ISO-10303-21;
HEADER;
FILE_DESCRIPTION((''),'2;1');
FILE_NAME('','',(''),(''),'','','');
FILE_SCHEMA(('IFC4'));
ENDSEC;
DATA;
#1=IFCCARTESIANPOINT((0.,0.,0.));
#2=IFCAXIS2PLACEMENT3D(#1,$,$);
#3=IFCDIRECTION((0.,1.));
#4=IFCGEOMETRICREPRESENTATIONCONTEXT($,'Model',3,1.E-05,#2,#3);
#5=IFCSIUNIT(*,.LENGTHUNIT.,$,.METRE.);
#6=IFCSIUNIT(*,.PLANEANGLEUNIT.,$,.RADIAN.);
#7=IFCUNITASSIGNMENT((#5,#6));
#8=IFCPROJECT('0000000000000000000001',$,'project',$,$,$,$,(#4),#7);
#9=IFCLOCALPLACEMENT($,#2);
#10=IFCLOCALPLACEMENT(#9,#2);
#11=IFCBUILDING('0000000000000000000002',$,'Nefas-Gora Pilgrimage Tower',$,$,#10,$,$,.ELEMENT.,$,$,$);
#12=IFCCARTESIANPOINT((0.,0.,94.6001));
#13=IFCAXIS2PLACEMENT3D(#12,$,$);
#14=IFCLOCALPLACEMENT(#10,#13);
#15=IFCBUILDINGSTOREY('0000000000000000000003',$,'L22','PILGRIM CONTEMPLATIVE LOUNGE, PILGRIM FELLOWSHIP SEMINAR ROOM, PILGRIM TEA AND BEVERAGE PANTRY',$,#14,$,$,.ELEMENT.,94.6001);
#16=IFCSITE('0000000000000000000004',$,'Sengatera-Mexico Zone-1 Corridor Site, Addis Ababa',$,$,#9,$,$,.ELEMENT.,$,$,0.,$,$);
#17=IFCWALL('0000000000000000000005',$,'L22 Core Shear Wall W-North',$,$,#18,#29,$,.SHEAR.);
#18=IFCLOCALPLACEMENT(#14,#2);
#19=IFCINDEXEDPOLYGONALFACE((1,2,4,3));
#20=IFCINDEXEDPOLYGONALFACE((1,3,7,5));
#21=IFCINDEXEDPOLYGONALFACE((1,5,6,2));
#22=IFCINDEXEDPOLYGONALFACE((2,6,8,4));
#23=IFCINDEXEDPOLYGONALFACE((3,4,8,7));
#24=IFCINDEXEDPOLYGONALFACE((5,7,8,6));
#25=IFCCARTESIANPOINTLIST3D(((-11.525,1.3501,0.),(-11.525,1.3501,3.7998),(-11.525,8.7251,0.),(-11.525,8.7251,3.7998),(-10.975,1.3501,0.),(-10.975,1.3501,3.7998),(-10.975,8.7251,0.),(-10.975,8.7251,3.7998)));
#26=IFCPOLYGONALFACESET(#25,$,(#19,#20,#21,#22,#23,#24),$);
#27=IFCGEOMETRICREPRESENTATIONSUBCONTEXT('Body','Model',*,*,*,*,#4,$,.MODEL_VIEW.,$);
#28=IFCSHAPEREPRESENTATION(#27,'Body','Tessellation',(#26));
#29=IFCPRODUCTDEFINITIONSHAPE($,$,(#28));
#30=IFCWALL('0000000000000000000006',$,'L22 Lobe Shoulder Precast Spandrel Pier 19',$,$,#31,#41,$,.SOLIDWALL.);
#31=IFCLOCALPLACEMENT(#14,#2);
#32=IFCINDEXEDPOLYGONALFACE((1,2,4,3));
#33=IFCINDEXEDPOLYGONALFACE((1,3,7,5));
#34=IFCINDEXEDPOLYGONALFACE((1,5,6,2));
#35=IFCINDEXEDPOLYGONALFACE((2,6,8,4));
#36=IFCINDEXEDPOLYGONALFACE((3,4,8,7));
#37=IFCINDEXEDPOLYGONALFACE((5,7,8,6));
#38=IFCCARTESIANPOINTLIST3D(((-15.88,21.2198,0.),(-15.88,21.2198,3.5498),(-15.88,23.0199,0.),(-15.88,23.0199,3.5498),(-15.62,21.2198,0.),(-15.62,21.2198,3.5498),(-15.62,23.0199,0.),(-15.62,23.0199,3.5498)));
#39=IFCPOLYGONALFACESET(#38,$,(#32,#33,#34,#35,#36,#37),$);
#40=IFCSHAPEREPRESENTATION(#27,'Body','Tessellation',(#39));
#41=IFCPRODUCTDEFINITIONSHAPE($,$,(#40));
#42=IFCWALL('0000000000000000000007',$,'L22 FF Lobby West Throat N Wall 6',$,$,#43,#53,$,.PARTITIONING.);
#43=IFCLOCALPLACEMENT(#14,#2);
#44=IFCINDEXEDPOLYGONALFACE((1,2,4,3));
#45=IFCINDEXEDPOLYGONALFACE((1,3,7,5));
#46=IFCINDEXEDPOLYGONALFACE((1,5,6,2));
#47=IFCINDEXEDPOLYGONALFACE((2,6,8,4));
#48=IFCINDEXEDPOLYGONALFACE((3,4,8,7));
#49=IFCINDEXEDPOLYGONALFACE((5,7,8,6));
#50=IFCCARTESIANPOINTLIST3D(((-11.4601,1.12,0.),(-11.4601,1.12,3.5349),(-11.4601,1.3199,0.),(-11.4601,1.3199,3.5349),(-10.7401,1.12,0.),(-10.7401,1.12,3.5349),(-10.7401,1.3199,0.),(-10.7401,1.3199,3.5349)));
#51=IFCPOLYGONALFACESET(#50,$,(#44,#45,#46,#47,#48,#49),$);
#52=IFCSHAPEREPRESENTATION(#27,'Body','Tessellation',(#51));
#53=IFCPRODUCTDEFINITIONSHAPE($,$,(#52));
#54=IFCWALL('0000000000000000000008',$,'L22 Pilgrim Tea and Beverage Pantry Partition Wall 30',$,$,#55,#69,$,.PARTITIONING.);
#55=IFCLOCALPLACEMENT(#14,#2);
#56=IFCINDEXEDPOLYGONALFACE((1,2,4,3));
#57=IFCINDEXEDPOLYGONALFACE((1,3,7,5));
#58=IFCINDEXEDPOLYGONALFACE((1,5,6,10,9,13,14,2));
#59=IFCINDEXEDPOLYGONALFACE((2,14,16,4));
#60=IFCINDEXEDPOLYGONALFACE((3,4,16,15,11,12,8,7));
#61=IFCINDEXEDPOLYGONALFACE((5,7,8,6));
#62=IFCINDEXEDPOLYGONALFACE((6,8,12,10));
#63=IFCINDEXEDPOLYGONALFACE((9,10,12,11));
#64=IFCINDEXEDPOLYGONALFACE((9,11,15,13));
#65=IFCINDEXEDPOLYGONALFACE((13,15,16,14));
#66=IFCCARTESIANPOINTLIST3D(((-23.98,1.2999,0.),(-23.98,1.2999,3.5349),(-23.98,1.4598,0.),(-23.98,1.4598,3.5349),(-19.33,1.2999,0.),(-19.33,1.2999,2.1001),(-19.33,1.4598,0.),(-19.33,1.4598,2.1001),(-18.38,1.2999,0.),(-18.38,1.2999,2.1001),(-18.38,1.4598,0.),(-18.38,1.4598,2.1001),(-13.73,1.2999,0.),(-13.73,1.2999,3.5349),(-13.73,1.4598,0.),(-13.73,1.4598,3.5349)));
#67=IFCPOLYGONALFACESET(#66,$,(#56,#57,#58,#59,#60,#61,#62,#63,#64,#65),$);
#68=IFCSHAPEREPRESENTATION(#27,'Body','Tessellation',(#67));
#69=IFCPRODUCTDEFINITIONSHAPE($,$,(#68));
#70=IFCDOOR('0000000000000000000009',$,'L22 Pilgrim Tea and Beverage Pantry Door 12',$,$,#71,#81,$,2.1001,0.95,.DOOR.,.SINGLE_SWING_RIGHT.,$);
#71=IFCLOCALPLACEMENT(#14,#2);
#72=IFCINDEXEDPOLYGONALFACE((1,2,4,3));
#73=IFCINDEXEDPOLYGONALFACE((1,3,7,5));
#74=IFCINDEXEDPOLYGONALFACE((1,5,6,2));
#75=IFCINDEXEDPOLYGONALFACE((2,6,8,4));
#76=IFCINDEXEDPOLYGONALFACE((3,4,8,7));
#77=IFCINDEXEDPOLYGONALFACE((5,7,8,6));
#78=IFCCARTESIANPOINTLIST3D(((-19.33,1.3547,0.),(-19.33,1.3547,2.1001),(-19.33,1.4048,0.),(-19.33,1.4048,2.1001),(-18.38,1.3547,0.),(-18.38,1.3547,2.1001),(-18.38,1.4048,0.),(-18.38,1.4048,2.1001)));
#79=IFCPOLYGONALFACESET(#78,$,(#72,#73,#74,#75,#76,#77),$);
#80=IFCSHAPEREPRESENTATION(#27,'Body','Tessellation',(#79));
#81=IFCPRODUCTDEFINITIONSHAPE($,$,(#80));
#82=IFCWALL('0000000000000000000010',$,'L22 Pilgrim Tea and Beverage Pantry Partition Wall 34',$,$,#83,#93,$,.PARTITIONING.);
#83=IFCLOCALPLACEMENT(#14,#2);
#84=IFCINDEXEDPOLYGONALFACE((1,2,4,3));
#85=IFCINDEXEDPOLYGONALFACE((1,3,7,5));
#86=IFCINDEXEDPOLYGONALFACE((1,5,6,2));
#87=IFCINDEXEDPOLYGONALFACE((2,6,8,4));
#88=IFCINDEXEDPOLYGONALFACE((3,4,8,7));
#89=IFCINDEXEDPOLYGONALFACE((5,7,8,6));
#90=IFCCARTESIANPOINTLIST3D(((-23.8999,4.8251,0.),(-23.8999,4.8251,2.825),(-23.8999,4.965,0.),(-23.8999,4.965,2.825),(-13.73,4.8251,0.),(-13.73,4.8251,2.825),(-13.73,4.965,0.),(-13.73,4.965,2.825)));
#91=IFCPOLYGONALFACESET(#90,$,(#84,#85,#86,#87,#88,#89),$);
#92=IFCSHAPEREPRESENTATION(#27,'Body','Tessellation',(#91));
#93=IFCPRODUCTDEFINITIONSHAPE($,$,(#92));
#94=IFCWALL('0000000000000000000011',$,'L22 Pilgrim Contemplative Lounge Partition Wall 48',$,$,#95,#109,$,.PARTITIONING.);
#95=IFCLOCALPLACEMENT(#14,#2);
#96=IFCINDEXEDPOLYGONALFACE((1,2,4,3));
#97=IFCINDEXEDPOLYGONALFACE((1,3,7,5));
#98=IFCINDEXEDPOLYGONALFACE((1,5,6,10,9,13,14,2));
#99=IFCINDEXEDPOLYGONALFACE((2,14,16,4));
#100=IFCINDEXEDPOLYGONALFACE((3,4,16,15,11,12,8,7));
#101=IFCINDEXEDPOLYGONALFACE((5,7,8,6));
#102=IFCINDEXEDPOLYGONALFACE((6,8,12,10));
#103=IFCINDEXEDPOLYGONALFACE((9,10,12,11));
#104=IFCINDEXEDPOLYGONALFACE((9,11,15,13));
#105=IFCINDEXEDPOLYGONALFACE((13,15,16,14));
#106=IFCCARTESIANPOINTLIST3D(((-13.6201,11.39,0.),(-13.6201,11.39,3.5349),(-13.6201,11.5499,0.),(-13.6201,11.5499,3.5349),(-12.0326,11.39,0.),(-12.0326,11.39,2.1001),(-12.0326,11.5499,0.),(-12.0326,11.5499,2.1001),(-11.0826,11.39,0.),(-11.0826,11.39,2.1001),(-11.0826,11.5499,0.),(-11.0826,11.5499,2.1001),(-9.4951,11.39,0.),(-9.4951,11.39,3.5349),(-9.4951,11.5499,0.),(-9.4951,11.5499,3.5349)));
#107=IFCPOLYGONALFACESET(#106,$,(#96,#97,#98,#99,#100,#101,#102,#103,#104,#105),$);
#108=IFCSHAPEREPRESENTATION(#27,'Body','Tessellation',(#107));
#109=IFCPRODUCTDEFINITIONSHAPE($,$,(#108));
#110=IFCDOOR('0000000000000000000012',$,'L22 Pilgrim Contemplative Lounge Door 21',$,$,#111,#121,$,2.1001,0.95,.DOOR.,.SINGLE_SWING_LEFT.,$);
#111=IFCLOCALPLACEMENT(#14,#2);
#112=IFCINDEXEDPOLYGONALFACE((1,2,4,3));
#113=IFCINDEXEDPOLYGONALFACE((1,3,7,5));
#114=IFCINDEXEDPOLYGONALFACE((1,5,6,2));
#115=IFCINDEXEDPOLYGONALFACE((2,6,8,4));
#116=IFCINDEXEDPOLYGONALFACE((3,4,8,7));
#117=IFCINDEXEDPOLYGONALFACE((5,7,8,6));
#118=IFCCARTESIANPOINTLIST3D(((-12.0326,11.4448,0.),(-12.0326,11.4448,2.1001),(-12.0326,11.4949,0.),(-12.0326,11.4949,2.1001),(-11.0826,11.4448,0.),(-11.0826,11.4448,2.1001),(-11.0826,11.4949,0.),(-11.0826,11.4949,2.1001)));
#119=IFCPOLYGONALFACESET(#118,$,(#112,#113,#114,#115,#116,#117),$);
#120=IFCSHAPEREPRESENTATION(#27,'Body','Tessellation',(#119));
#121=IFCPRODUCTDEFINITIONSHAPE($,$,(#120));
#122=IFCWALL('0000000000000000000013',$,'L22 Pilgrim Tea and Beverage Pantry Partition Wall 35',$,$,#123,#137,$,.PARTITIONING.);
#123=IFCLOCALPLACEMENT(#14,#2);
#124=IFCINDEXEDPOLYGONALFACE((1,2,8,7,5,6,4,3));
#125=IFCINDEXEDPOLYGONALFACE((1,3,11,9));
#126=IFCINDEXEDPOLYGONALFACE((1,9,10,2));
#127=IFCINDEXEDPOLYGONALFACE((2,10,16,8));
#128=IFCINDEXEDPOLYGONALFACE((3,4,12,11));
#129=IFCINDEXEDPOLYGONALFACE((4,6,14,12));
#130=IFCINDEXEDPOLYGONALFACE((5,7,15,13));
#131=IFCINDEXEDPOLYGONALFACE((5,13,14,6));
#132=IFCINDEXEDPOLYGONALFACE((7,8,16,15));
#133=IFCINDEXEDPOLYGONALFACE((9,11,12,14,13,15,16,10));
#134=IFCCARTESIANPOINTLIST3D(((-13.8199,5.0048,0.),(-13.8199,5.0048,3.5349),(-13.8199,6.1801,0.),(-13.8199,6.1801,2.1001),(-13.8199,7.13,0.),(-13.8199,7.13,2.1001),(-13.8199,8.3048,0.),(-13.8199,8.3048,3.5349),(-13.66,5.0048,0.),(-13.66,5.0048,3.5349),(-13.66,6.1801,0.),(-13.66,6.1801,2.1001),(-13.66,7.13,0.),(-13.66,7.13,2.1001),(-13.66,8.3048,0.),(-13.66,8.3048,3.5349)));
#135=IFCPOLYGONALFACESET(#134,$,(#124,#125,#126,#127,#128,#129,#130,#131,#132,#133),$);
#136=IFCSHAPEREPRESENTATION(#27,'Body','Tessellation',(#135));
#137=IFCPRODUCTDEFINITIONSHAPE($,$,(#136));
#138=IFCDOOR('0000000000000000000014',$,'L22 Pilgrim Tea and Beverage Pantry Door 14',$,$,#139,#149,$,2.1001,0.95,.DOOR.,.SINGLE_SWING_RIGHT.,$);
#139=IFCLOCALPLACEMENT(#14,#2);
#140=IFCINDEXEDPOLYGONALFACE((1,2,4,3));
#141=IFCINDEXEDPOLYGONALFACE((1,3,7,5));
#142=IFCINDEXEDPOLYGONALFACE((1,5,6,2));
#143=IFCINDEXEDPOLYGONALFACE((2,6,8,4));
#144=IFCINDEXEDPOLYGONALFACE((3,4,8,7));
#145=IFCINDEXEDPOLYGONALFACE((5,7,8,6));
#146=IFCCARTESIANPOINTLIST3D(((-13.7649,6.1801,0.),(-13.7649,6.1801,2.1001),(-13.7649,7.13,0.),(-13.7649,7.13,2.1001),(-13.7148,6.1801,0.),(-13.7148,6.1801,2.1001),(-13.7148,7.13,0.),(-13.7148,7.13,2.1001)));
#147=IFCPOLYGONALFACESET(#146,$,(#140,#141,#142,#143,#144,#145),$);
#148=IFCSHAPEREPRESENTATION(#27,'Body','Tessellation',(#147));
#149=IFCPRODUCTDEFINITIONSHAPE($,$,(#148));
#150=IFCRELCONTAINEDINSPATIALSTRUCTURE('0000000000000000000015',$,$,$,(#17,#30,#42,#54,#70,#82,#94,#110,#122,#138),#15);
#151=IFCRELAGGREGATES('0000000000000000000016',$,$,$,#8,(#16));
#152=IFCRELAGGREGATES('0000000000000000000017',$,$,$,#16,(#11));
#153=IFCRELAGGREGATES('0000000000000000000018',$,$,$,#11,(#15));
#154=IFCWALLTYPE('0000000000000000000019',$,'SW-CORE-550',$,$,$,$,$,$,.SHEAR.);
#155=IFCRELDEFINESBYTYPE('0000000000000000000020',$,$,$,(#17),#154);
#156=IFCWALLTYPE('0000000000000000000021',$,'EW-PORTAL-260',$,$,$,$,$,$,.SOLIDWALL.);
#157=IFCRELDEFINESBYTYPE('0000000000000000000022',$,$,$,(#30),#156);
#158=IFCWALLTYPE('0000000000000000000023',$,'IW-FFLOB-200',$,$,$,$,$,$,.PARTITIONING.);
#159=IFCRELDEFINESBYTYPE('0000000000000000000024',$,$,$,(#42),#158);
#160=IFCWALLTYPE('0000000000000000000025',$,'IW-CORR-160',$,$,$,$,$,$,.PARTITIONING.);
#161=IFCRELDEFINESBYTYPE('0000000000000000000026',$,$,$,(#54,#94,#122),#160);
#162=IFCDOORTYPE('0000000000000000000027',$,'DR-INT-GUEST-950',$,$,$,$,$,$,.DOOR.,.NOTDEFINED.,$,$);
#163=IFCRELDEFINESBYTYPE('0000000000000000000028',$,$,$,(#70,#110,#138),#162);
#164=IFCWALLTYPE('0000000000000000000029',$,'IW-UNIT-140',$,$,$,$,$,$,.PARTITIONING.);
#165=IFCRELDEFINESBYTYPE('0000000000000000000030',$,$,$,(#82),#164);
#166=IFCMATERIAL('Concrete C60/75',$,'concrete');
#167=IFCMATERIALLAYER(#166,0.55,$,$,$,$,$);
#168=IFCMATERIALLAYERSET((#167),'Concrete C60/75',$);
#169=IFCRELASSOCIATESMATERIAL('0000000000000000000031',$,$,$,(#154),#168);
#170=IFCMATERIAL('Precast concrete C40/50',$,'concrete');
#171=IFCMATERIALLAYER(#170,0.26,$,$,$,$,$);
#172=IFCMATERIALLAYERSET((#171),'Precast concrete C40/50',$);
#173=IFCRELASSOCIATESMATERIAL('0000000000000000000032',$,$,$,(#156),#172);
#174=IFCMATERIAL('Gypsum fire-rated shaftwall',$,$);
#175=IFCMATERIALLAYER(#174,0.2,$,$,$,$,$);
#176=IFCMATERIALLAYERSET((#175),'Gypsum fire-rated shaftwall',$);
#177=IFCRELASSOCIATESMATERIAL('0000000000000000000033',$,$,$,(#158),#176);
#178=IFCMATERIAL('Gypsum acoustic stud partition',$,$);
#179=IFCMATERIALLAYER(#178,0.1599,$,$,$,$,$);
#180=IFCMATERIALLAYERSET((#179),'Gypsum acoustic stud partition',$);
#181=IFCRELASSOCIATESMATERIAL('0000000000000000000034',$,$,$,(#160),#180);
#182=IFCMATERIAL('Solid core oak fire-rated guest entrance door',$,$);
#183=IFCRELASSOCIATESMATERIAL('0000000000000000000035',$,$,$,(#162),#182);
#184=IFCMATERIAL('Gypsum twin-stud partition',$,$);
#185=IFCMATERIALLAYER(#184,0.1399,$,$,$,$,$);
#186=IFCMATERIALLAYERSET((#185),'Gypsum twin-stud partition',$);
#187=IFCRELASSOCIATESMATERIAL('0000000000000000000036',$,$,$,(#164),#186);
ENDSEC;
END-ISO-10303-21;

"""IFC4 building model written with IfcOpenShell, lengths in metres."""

from ifc_helpers import new_model, si_unit, direction, frame, frame_2d, origin, place, context, subcontext, project, spatial, rectangle, extrude, source, transform, mapped, material, layer, layer_set, type_object, element, fill, save


model = new_model("IFC4")

# Units and contexts
model_context = context("Model", 3, precision=1e-05, world=origin(), true_north=direction((0.0, 1.0)))
body_context = subcontext(model_context, "Body", "Model", "MODEL_VIEW")
ifc_project = project(units=[si_unit("LENGTHUNIT", "METRE"), si_unit("PLANEANGLEUNIT", "RADIAN")], contexts=[model_context])

# Site, building, storey
site_placement = place(None, origin())
site = spatial("IfcSite", under=ifc_project, at=site_placement, Name="Sengatera-Mexico Zone-1 Corridor Site, Addis Ababa", CompositionType="ELEMENT", RefElevation=0.0)
building_placement = place(site_placement, origin())
building = spatial("IfcBuilding", under=site, at=building_placement, Name="Nefas-Gora Pilgrimage Tower", CompositionType="ELEMENT")
storey_placement = place(building_placement, frame((0.0, 0.0, 94.6001)))
storey = spatial("IfcBuildingStorey", under=building, at=storey_placement, Name="L22", Description="PILGRIM CONTEMPLATIVE LOUNGE, PILGRIM FELLOWSHIP SEMINAR ROOM, PILGRIM TEA AND BEVERAGE PANTRY", CompositionType="ELEMENT", Elevation=94.6001)

# Walls
ifc_material_1 = material(Name="Concrete C60/75", Category="concrete")
ifc_layer_1 = layer(ifc_material_1, 0.55)
ifc_layer_set_1 = layer_set([ifc_layer_1], Name="Concrete C60/75")
wall_type_1 = type_object("IfcWallType", Name="SW-CORE-550", PredefinedType="SHEAR", material=ifc_layer_set_1)
shared_shape_1 = source(origin(), body_context, "Body", "SweptSolid", [
    extrude(rectangle(XDim=7.375, YDim=0.55, at=frame_2d((3.6875, 0.0))), origin(), (0.0, 0.0, 1.0), 3.7998),
])
wall_1_placement = place(storey_placement, frame((-11.25, 1.3501, 0.0), z_axis=(0.0, 0.0, 1.0), x_axis=(0.0, 1.0, 0.0)))
element("IfcWall", 1, at=wall_1_placement, inside=storey, type_object=wall_type_1, Name="L22 Core Shear Wall W-North", PredefinedType="SHEAR", context=body_context, shape_type="MappedRepresentation", body=[
    mapped(shared_shape_1, transform((0.0, 0.0, 0.0), x_axis=(1.0, 0.0, 0.0), y_axis=(0.0, 1.0, 0.0), z_axis=(0.0, 0.0, 1.0), scale=1.0)),
])
ifc_material_2 = material(Name="Precast concrete C40/50", Category="concrete")
ifc_layer_2 = layer(ifc_material_2, 0.26)
ifc_layer_set_2 = layer_set([ifc_layer_2], Name="Precast concrete C40/50")
wall_type_2 = type_object("IfcWallType", Name="EW-PORTAL-260", PredefinedType="SOLIDWALL", material=ifc_layer_set_2)
shared_shape_2 = source(origin(), body_context, "Body", "SweptSolid", [
    extrude(rectangle(XDim=1.8, YDim=0.26, at=frame_2d((0.8999, 0.0))), origin(), (0.0, 0.0, 1.0), 3.5498),
])
wall_2_placement = place(storey_placement, frame((-15.75, 21.22, 0.0), z_axis=(0.0, 0.0, 1.0), x_axis=(0.0, 1.0, 0.0)))
element("IfcWall", 2, at=wall_2_placement, inside=storey, type_object=wall_type_2, Name="L22 Lobe Shoulder Precast Spandrel Pier 19", PredefinedType="SOLIDWALL", context=body_context, shape_type="MappedRepresentation", body=[
    mapped(shared_shape_2, transform((0.0, 0.0, 0.0), x_axis=(1.0, 0.0, 0.0), y_axis=(0.0, 1.0, 0.0), z_axis=(0.0, 0.0, 1.0), scale=1.0)),
])
ifc_material_3 = material(Name="Gypsum fire-rated shaftwall")
ifc_layer_3 = layer(ifc_material_3, 0.2)
ifc_layer_set_3 = layer_set([ifc_layer_3], Name="Gypsum fire-rated shaftwall")
wall_type_3 = type_object("IfcWallType", Name="IW-FFLOB-200", PredefinedType="PARTITIONING", material=ifc_layer_set_3)
shared_shape_3 = source(origin(), body_context, "Body", "SweptSolid", [
    extrude(rectangle(XDim=0.72, YDim=0.2, at=frame_2d((0.3599, 0.0))), origin(), (0.0, 0.0, 1.0), 3.5349),
])
wall_3_placement = place(storey_placement, frame((-11.46, 1.22, 0.0), z_axis=(0.0, 0.0, 1.0), x_axis=(1.0, 0.0, 0.0)))
element("IfcWall", 3, at=wall_3_placement, inside=storey, type_object=wall_type_3, Name="L22 FF Lobby West Throat N Wall 6", PredefinedType="PARTITIONING", context=body_context, shape_type="MappedRepresentation", body=[
    mapped(shared_shape_3, transform((0.0, 0.0, 0.0), x_axis=(1.0, 0.0, 0.0), y_axis=(0.0, 1.0, 0.0), z_axis=(0.0, 0.0, 1.0), scale=1.0)),
])

# Wall, opening, door
ifc_material_4 = material(Name="Gypsum acoustic stud partition")
ifc_layer_4 = layer(ifc_material_4, 0.1599)
ifc_layer_set_4 = layer_set([ifc_layer_4], Name="Gypsum acoustic stud partition")
wall_type_4 = type_object("IfcWallType", Name="IW-CORR-160", PredefinedType="PARTITIONING", material=ifc_layer_set_4)
shared_shape_4 = source(origin(), body_context, "Body", "SweptSolid", [
    extrude(rectangle(XDim=10.25, YDim=0.1599, at=frame_2d((5.125, 0.0))), origin(), (0.0, 0.0, 1.0), 3.5349),
])
wall_4_placement = place(storey_placement, frame((-23.98, 1.3799, 0.0), z_axis=(0.0, 0.0, 1.0), x_axis=(1.0, 0.0, 0.0)))
wall_4 = element("IfcWall", 4, at=wall_4_placement, inside=storey, type_object=wall_type_4, Name="L22 Pilgrim Tea and Beverage Pantry Partition Wall 30", PredefinedType="PARTITIONING", context=body_context, shape_type="MappedRepresentation", body=[
    mapped(shared_shape_4, transform((0.0, 0.0, 0.0), x_axis=(1.0, 0.0, 0.0), y_axis=(0.0, 1.0, 0.0), z_axis=(0.0, 0.0, 1.0), scale=1.0)),
])
opening_1_placement = place(wall_4_placement, frame((4.6499, 0.0, 0.0)))
opening_1 = element("IfcOpeningElement", 5, at=opening_1_placement, cuts=wall_4, PredefinedType="OPENING", context=body_context, shape_type="SweptSolid", body=[
    extrude(rectangle(XDim=0.95, YDim=2.1001, at=frame_2d((0.4751, 1.05))), frame((0.0, 0.0898, 0.0), z_axis=(0.0, -1.0, 0.0), x_axis=(1.0, 0.0, 0.0)), (0.0, 0.0, 1.0), 0.1799),
])
ifc_material_5 = material(Name="Solid core oak fire-rated guest entrance door")
door_type = type_object("IfcDoorType", Name="DR-INT-GUEST-950", OperationType="NOTDEFINED", PredefinedType="DOOR", material=ifc_material_5)
shared_shape_5 = source(origin(), body_context, "Body", "SweptSolid", [
    extrude(rectangle(XDim=0.95, YDim=2.1001, at=frame_2d((0.4751, 1.05))), frame((0.0, 0.0249, 0.0), z_axis=(0.0, -1.0, 0.0), x_axis=(1.0, 0.0, 0.0)), (0.0, 0.0, 1.0), 0.05),
])
door_1_placement = place(opening_1_placement, origin())
door_1 = element("IfcDoor", 6, at=door_1_placement, inside=storey, type_object=door_type, Name="L22 Pilgrim Tea and Beverage Pantry Door 12", OperationType="SINGLE_SWING_RIGHT", OverallHeight=2.1001, OverallWidth=0.95, PredefinedType="DOOR", context=body_context, shape_type="MappedRepresentation", body=[
    mapped(shared_shape_5, transform((0.0, 0.0, 0.0), x_axis=(1.0, 0.0, 0.0), y_axis=(0.0, 1.0, 0.0), z_axis=(0.0, 0.0, 1.0), scale=1.0)),
])
fill(opening_1, door_1)

# Wall
ifc_material_6 = material(Name="Gypsum twin-stud partition")
ifc_layer_5 = layer(ifc_material_6, 0.1399)
ifc_layer_set_5 = layer_set([ifc_layer_5], Name="Gypsum twin-stud partition")
wall_type_5 = type_object("IfcWallType", Name="IW-UNIT-140", PredefinedType="PARTITIONING", material=ifc_layer_set_5)
shared_shape_6 = source(origin(), body_context, "Body", "SweptSolid", [
    extrude(rectangle(XDim=10.1699, YDim=0.1399, at=frame_2d((5.085, 0.0))), origin(), (0.0, 0.0, 1.0), 2.825),
])
wall_5_placement = place(storey_placement, frame((-23.8999, 4.895, 0.0), z_axis=(0.0, 0.0, 1.0), x_axis=(1.0, 0.0, 0.0)))
element("IfcWall", 7, at=wall_5_placement, inside=storey, type_object=wall_type_5, Name="L22 Pilgrim Tea and Beverage Pantry Partition Wall 34", PredefinedType="PARTITIONING", context=body_context, shape_type="MappedRepresentation", body=[
    mapped(shared_shape_6, transform((0.0, 0.0, 0.0), x_axis=(1.0, 0.0, 0.0), y_axis=(0.0, 1.0, 0.0), z_axis=(0.0, 0.0, 1.0), scale=1.0)),
])

# Walls, openings, doors
shared_shape_7 = source(origin(), body_context, "Body", "SweptSolid", [
    extrude(rectangle(XDim=4.125, YDim=0.1599, at=frame_2d((2.0625, 0.0))), origin(), (0.0, 0.0, 1.0), 3.5349),
])
wall_6_placement = place(storey_placement, frame((-13.6201, 11.47, 0.0), z_axis=(0.0, 0.0, 1.0), x_axis=(1.0, 0.0, 0.0)))
wall_6 = element("IfcWall", 8, at=wall_6_placement, inside=storey, type_object=wall_type_4, Name="L22 Pilgrim Contemplative Lounge Partition Wall 48", PredefinedType="PARTITIONING", context=body_context, shape_type="MappedRepresentation", body=[
    mapped(shared_shape_7, transform((0.0, 0.0, 0.0), x_axis=(1.0, 0.0, 0.0), y_axis=(0.0, 1.0, 0.0), z_axis=(0.0, 0.0, 1.0), scale=1.0)),
])
opening_2_placement = place(wall_6_placement, frame((1.5874, 0.0, 0.0)))
opening_2 = element("IfcOpeningElement", 9, at=opening_2_placement, cuts=wall_6, PredefinedType="OPENING", context=body_context, shape_type="SweptSolid", body=[
    extrude(rectangle(XDim=0.95, YDim=2.1001, at=frame_2d((0.4751, 1.05))), frame((0.0, 0.0898, 0.0), z_axis=(0.0, -1.0, 0.0), x_axis=(1.0, 0.0, 0.0)), (0.0, 0.0, 1.0), 0.1799),
])
door_2_placement = place(opening_2_placement, origin())
door_2 = element("IfcDoor", 10, at=door_2_placement, inside=storey, type_object=door_type, Name="L22 Pilgrim Contemplative Lounge Door 21", OperationType="SINGLE_SWING_LEFT", OverallHeight=2.1001, OverallWidth=0.95, PredefinedType="DOOR", context=body_context, shape_type="MappedRepresentation", body=[
    mapped(shared_shape_5, transform((0.0, 0.0, 0.0), x_axis=(1.0, 0.0, 0.0), y_axis=(0.0, 1.0, 0.0), z_axis=(0.0, 0.0, 1.0), scale=1.0)),
])
fill(opening_2, door_2)
shared_shape_8 = source(origin(), body_context, "Body", "SweptSolid", [
    extrude(rectangle(XDim=3.3, YDim=0.1599, at=frame_2d((1.6499, 0.0))), origin(), (0.0, 0.0, 1.0), 3.5349),
])
wall_7_placement = place(storey_placement, frame((-13.74, 5.0049, 0.0), z_axis=(0.0, 0.0, 1.0), x_axis=(0.0, 1.0, 0.0)))
wall_7 = element("IfcWall", 11, at=wall_7_placement, inside=storey, type_object=wall_type_4, Name="L22 Pilgrim Tea and Beverage Pantry Partition Wall 35", PredefinedType="PARTITIONING", context=body_context, shape_type="MappedRepresentation", body=[
    mapped(shared_shape_8, transform((0.0, 0.0, 0.0), x_axis=(1.0, 0.0, 0.0), y_axis=(0.0, 1.0, 0.0), z_axis=(0.0, 0.0, 1.0), scale=1.0)),
])
opening_3_placement = place(wall_7_placement, frame((1.175, 0.0, 0.0)))
opening_3 = element("IfcOpeningElement", 12, at=opening_3_placement, cuts=wall_7, PredefinedType="OPENING", context=body_context, shape_type="SweptSolid", body=[
    extrude(rectangle(XDim=0.95, YDim=2.1001, at=frame_2d((0.4751, 1.05))), frame((0.0, 0.0898, 0.0), z_axis=(0.0, -1.0, 0.0), x_axis=(1.0, 0.0, 0.0)), (0.0, 0.0, 1.0), 0.1799),
])
door_3_placement = place(opening_3_placement, origin())
door_3 = element("IfcDoor", 13, at=door_3_placement, inside=storey, type_object=door_type, Name="L22 Pilgrim Tea and Beverage Pantry Door 14", OperationType="SINGLE_SWING_RIGHT", OverallHeight=2.1001, OverallWidth=0.95, PredefinedType="DOOR", context=body_context, shape_type="MappedRepresentation", body=[
    mapped(shared_shape_5, transform((0.0, 0.0, 0.0), x_axis=(1.0, 0.0, 0.0), y_axis=(0.0, 1.0, 0.0), z_axis=(0.0, 0.0, 1.0), scale=1.0)),
])
fill(opening_3, door_3)

save(model, "model.ifc")
